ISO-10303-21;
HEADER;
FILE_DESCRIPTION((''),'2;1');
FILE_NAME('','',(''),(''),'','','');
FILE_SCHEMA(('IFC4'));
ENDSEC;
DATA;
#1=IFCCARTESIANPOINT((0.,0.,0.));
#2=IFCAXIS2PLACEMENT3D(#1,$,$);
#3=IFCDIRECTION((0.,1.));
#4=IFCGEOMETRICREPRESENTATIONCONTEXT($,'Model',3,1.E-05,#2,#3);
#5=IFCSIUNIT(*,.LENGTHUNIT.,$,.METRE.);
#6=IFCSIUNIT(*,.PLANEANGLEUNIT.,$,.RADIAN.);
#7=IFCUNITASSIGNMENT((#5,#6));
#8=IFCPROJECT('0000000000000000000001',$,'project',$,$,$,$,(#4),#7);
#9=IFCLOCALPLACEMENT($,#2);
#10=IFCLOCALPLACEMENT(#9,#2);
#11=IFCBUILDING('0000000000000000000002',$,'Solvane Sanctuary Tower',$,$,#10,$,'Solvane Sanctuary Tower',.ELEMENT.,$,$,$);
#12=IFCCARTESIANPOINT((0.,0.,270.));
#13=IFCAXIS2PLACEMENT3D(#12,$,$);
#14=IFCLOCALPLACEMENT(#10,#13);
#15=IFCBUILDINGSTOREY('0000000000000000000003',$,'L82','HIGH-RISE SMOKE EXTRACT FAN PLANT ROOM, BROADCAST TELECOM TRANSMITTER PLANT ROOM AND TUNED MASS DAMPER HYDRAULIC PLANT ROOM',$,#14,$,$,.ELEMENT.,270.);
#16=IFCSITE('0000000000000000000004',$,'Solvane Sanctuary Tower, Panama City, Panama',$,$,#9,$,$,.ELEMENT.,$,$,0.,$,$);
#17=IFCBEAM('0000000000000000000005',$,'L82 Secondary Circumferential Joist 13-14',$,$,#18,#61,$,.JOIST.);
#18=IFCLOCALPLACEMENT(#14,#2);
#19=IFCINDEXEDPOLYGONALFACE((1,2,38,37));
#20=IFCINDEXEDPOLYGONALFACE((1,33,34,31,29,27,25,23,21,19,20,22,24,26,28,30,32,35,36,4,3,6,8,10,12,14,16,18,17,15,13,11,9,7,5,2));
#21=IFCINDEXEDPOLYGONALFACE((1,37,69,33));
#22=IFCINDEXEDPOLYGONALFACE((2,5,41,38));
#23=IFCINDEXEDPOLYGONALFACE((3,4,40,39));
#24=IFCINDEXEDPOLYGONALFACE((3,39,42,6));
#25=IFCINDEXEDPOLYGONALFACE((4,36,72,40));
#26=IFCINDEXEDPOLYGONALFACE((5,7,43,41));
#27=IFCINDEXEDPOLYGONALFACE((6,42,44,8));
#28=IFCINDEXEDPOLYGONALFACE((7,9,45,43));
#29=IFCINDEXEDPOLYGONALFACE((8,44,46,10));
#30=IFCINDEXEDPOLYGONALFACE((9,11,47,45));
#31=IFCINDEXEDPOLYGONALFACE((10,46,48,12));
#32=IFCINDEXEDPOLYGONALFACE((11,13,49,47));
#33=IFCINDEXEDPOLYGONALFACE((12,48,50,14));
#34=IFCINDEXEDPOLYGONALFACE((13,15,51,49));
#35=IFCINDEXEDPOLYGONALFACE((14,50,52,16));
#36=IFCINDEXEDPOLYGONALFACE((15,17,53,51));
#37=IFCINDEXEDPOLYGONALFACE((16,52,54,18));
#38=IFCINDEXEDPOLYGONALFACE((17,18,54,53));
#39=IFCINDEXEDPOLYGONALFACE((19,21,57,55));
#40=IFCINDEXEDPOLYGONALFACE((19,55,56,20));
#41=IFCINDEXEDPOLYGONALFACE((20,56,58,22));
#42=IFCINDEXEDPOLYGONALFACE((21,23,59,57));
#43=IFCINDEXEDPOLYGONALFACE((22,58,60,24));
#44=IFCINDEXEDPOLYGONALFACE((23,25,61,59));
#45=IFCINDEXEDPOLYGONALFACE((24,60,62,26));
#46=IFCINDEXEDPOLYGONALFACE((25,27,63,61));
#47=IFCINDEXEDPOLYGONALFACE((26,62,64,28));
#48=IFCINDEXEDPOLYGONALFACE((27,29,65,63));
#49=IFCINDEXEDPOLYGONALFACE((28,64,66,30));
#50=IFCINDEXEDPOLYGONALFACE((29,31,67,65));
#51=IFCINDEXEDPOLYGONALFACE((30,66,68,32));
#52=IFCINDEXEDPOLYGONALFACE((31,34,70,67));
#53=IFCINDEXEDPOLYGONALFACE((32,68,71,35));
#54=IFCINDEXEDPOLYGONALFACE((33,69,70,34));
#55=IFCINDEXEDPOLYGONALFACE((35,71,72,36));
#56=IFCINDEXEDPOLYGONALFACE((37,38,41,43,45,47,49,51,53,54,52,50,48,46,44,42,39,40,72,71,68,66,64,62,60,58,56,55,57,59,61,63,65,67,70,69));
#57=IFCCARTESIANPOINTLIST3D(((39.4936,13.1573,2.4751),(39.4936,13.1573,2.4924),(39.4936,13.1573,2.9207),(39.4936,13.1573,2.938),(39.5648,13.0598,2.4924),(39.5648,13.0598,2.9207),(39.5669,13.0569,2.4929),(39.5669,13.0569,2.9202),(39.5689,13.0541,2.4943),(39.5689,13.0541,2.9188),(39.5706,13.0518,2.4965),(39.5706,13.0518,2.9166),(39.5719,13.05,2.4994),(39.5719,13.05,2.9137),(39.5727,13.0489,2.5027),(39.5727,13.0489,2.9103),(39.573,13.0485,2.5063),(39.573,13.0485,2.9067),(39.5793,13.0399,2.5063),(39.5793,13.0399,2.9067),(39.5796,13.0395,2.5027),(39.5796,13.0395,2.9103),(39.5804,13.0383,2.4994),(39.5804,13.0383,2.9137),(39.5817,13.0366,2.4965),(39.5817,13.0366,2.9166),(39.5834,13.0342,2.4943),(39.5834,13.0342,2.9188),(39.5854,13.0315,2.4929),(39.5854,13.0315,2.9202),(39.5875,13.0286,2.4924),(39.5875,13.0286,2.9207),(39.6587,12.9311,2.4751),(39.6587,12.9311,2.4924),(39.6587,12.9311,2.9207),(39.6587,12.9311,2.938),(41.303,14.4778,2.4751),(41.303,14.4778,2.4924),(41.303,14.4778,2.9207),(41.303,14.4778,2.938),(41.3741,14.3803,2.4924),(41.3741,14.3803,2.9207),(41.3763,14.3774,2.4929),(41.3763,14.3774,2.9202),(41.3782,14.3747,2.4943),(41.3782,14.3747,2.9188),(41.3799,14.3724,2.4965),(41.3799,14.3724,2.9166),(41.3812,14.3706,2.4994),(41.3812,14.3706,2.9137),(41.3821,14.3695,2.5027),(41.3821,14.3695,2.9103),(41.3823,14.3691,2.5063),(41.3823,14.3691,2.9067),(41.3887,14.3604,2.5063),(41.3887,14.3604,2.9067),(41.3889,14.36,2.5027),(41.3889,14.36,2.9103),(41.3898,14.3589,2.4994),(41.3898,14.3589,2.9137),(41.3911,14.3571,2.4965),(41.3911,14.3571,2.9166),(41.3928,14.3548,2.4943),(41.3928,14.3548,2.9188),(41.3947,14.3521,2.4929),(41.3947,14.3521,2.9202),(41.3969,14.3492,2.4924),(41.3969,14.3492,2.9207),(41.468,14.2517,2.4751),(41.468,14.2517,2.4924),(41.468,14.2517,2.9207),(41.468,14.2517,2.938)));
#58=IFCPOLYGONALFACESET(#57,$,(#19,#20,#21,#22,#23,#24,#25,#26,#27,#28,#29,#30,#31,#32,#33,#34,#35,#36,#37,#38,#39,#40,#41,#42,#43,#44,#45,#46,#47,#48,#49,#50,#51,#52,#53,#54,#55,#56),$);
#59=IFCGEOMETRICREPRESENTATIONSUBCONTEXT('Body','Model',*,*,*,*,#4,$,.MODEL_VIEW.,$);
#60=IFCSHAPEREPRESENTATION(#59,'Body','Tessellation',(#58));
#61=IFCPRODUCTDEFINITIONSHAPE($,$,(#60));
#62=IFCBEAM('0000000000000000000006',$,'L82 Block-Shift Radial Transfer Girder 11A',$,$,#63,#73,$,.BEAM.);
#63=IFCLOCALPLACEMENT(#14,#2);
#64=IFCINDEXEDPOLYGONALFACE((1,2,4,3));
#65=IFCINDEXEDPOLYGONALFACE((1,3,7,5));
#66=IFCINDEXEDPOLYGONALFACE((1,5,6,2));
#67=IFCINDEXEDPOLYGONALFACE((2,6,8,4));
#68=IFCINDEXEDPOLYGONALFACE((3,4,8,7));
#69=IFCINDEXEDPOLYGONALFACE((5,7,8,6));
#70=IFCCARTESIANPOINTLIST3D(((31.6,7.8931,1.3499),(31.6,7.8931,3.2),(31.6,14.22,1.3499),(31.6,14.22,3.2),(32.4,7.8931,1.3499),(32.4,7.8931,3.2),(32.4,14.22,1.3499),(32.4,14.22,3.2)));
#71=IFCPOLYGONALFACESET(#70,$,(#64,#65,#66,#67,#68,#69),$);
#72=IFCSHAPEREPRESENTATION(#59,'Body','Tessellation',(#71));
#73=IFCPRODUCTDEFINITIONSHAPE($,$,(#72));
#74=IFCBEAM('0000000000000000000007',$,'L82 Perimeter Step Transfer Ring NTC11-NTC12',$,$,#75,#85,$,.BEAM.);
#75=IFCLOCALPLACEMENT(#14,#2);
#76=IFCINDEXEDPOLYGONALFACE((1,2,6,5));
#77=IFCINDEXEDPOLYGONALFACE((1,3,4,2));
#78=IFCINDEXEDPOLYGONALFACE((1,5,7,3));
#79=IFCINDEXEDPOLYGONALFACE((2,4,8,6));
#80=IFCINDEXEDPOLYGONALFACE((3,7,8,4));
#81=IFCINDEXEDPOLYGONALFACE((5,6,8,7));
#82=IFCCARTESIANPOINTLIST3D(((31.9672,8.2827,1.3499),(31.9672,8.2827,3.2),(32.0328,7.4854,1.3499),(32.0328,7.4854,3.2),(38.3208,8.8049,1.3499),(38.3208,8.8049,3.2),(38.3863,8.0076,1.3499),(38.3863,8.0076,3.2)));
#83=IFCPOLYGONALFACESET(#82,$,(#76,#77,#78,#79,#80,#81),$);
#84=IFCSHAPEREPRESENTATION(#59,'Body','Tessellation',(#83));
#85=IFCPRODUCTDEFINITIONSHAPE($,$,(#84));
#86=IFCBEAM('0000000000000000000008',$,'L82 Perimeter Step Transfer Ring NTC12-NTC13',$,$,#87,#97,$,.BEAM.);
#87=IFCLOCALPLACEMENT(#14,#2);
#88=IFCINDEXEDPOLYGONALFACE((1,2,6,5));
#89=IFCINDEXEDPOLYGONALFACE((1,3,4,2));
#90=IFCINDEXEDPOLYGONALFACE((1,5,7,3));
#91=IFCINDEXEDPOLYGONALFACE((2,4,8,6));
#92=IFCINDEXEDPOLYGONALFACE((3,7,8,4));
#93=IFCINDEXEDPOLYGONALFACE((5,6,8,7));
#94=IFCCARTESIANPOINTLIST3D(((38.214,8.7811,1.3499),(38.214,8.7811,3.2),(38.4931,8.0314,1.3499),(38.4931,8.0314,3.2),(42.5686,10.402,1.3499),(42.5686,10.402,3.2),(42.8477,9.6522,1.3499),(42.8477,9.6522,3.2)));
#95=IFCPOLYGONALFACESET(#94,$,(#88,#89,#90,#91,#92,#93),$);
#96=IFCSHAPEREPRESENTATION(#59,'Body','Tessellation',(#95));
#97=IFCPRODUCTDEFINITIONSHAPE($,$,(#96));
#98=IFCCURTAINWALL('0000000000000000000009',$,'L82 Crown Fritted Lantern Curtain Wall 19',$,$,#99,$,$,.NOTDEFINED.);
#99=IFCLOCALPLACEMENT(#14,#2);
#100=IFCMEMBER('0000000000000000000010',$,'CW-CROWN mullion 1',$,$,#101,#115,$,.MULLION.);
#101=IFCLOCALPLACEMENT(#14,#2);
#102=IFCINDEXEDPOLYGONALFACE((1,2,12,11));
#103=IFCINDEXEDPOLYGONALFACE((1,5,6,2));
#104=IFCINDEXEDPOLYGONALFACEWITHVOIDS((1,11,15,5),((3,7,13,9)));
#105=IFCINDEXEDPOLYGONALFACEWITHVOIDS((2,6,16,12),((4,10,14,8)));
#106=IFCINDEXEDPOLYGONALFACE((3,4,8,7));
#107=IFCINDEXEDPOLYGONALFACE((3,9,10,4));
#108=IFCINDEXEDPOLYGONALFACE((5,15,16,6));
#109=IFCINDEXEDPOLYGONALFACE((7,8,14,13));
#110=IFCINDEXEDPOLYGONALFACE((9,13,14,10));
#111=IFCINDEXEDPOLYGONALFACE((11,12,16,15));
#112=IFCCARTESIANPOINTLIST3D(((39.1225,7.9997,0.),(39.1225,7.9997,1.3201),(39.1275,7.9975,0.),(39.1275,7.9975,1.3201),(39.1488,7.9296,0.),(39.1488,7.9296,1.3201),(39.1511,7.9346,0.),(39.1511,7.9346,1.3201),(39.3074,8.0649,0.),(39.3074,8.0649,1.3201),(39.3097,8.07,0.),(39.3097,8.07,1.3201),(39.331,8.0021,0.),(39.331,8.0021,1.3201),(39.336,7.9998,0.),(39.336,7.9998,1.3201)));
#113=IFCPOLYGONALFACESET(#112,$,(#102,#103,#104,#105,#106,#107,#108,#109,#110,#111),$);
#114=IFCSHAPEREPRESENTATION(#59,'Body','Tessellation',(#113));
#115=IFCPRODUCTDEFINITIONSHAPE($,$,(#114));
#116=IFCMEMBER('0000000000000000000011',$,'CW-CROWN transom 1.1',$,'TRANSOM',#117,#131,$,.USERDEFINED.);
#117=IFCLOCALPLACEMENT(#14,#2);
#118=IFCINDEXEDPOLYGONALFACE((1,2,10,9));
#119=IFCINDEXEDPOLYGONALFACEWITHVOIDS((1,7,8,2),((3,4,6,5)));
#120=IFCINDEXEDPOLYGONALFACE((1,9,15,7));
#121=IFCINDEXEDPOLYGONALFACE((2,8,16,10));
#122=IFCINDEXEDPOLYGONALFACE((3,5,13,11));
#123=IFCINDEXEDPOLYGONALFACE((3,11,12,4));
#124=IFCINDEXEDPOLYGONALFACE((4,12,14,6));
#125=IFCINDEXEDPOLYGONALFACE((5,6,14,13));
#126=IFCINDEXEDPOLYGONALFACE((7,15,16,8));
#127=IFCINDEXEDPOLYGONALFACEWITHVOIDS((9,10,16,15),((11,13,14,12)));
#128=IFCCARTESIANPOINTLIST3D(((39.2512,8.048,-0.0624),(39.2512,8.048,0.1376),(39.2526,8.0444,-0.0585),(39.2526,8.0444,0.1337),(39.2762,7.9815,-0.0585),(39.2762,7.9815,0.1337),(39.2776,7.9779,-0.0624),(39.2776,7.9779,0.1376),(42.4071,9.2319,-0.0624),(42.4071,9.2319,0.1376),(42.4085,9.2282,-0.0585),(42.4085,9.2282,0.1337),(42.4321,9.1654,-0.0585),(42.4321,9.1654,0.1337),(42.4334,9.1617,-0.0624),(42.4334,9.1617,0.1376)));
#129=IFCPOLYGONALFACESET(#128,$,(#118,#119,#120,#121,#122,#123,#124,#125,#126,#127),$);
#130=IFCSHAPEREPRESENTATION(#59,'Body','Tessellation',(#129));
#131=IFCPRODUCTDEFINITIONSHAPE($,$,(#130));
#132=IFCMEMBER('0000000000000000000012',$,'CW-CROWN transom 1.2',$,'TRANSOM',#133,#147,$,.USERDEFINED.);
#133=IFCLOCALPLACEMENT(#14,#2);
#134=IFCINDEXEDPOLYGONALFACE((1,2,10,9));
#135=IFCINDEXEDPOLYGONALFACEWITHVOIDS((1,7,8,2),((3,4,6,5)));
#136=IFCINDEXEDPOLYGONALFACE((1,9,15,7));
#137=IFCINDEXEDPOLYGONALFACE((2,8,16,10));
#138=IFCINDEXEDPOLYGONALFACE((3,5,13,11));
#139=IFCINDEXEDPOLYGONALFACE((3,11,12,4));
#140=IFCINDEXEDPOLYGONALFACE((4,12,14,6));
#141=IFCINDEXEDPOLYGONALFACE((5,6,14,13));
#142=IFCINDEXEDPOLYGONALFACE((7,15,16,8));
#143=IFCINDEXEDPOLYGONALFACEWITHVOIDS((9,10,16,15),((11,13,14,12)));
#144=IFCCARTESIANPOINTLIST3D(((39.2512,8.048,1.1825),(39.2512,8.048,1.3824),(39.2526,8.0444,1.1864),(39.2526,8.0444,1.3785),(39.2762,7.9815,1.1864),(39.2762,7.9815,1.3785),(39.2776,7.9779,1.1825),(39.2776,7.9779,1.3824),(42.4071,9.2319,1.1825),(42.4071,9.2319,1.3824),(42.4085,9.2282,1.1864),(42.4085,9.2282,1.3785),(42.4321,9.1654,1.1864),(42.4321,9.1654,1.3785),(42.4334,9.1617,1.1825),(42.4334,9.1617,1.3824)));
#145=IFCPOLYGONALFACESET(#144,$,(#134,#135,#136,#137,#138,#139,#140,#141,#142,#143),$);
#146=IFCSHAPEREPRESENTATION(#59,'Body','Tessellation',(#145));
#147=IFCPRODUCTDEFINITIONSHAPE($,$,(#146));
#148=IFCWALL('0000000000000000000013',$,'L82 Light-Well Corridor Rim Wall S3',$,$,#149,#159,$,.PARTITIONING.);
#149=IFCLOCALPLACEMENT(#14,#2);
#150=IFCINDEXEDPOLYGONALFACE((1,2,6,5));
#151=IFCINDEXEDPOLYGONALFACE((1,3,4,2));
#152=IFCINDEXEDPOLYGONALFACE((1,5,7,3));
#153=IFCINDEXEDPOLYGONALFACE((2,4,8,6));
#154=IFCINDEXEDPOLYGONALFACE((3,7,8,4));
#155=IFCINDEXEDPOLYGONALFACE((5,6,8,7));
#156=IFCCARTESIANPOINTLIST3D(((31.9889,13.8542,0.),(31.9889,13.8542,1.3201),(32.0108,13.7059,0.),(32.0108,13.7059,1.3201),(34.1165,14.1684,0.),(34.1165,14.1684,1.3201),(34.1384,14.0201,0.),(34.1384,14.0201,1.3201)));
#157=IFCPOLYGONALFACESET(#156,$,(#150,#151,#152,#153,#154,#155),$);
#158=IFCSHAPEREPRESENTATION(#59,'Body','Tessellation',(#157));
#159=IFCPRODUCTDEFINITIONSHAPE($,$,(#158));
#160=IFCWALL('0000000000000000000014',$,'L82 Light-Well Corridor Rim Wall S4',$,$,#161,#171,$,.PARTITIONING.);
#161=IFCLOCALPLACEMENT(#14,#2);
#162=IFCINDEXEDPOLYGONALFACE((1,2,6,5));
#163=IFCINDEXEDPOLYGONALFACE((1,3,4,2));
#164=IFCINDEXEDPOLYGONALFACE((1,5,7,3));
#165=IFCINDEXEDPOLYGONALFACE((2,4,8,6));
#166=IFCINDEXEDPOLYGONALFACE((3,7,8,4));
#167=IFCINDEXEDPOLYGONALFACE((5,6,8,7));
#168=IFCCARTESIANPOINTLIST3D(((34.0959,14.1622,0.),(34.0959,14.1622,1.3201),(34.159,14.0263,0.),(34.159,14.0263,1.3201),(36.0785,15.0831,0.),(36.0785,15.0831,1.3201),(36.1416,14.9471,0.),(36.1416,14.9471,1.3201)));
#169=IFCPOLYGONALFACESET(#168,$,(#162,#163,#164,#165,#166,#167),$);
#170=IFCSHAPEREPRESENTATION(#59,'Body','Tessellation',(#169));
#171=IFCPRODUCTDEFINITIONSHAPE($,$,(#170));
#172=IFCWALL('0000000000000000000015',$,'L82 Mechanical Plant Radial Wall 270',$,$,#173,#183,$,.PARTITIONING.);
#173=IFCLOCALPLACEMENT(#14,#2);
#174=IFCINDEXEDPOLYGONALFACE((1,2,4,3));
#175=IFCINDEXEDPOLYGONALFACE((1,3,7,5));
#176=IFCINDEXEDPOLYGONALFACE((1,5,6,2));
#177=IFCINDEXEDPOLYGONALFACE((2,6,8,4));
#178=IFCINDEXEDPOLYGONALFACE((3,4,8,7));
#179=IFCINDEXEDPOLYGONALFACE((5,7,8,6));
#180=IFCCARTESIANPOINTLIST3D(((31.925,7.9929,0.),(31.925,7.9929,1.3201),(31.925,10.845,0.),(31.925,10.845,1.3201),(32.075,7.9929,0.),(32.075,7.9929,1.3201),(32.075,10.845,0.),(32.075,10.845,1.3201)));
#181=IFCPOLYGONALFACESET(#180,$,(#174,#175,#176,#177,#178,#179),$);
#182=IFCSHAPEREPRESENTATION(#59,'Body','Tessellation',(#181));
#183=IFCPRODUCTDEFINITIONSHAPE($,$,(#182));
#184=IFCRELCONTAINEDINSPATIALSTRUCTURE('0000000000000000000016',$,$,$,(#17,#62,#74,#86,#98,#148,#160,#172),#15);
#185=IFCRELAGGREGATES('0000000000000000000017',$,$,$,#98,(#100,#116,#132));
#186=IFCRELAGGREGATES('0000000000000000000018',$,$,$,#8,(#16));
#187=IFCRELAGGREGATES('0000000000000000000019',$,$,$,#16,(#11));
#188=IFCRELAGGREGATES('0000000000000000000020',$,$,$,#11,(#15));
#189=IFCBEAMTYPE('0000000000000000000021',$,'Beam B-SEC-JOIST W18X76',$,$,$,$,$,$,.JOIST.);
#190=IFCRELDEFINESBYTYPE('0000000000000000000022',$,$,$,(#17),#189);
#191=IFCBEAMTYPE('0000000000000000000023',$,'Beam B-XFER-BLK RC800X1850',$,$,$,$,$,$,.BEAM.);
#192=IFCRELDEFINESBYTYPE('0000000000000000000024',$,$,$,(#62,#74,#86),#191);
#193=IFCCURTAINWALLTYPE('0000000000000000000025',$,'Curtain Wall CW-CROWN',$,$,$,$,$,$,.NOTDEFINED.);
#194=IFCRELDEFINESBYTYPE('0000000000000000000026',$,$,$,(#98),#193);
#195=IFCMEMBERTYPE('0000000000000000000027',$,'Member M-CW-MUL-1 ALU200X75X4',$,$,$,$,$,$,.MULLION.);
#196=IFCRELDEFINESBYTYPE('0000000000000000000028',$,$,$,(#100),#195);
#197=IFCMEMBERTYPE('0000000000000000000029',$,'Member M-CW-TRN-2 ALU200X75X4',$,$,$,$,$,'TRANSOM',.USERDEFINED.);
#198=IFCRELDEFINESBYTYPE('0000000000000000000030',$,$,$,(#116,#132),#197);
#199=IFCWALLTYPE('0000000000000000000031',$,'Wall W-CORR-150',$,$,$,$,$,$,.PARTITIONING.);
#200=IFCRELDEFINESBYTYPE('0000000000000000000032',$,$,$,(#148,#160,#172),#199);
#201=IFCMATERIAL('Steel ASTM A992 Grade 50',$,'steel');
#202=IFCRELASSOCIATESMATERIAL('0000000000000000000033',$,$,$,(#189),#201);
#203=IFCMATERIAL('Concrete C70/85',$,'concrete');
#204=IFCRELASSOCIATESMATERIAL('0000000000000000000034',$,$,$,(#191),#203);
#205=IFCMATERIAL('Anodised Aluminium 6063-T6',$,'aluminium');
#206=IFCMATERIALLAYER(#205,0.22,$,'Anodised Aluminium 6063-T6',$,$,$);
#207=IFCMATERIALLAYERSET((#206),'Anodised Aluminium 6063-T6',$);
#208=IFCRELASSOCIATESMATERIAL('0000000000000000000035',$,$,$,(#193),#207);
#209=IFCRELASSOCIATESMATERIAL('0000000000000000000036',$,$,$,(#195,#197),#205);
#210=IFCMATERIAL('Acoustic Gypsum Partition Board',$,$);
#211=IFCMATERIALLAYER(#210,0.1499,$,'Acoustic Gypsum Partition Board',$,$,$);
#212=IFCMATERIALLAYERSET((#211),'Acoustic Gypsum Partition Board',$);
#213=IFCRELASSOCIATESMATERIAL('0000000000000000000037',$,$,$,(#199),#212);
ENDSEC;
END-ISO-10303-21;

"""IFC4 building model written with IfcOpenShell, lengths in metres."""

from ifc_helpers import new_model, si_unit, direction, frame, frame_2d, origin, origin_2d, place, context, subcontext, project, spatial, rectangle, hollow_rectangle, i_section, extrude, material, layer, layer_set, material_profile, profile_set, type_object, element, aggregate, save


model = new_model("IFC4")

# Units and contexts
model_context = context("Model", 3, precision=1e-05, world=origin(), true_north=direction((0.0, 1.0)))
body_context = subcontext(model_context, "Body", "Model", "MODEL_VIEW")
ifc_project = project(units=[si_unit("LENGTHUNIT", "METRE"), si_unit("PLANEANGLEUNIT", "RADIAN")], contexts=[model_context])

# Site, building, storey
site_placement = place(None, origin())
site = spatial("IfcSite", under=ifc_project, at=site_placement, Name="Solvane Sanctuary Tower, Panama City, Panama", CompositionType="ELEMENT", RefElevation=0.0)
building_placement = place(site_placement, origin())
building = spatial("IfcBuilding", under=site, at=building_placement, Name="Solvane Sanctuary Tower", LongName="Solvane Sanctuary Tower", CompositionType="ELEMENT")
storey_placement = place(building_placement, frame((0.0, 0.0, 270.0)))
storey = spatial("IfcBuildingStorey", under=building, at=storey_placement, Name="L82", Description="HIGH-RISE SMOKE EXTRACT FAN PLANT ROOM, BROADCAST TELECOM TRANSMITTER PLANT ROOM AND TUNED MASS DAMPER HYDRAULIC PLANT ROOM", CompositionType="ELEMENT", Elevation=270.0)

# Beams
ifc_material_1 = material(Name="Steel ASTM A992 Grade 50", Category="steel")
ifc_material_profile_1 = material_profile(ifc_material_1, i_section(OverallWidth=0.28, OverallDepth=0.4629, WebThickness=0.0107, FlangeThickness=0.0173, FilletRadius=0.0139, at=origin_2d()), Name="W18X76")
ifc_profile_set_1 = profile_set([ifc_material_profile_1], Name="Steel ASTM A992 Grade 50")
beam_type_1 = type_object("IfcBeamType", Name="Beam B-SEC-JOIST W18X76", PredefinedType="JOIST", material=ifc_profile_set_1)
beam_1_placement = place(storey_placement, frame((39.5762, 13.0442, 2.7065), z_axis=(0.80774, 0.589538, 0.0), x_axis=(-0.589538, 0.80774, 0.0)))
element("IfcBeam", 1, at=beam_1_placement, inside=storey, type_object=beam_type_1, Name="L82 Secondary Circumferential Joist 13-14", PredefinedType="JOIST", context=body_context, shape_type="SweptSolid", body=[
    extrude(i_section(OverallWidth=0.28, OverallDepth=0.4629, WebThickness=0.0107, FlangeThickness=0.0173, FilletRadius=0.0139, at=origin_2d()), origin(), (0.0, 0.0, 1.0), 2.24),
])
ifc_material_2 = material(Name="Concrete C70/85", Category="concrete")
ifc_material_profile_2 = material_profile(ifc_material_2, rectangle(XDim=0.8, YDim=1.8501, at=origin_2d()), Name="RC800X1850")
ifc_profile_set_2 = profile_set([ifc_material_profile_2], Name="Concrete C70/85")
beam_type_2 = type_object("IfcBeamType", Name="Beam B-XFER-BLK RC800X1850", PredefinedType="BEAM", material=ifc_profile_set_2)
beam_2_placement = place(storey_placement, frame((32.0, 14.22, 2.2749), z_axis=(0.0, -1.0, 0.0), x_axis=(1.0, 0.0, 0.0)))
element("IfcBeam", 2, at=beam_2_placement, inside=storey, type_object=beam_type_2, Name="L82 Block-Shift Radial Transfer Girder 11A", PredefinedType="BEAM", context=body_context, shape_type="SweptSolid", body=[
    extrude(rectangle(XDim=0.8, YDim=1.8501, at=origin_2d()), origin(), (0.0, 0.0, 1.0), 6.3269),
])
beam_3_placement = place(storey_placement, frame((32.0, 7.884, 2.2749), z_axis=(0.996639, 0.081917, 0.0), x_axis=(-0.081917, 0.996639, 0.0)))
element("IfcBeam", 3, at=beam_3_placement, inside=storey, type_object=beam_type_2, Name="L82 Perimeter Step Transfer Ring NTC11-NTC12", PredefinedType="BEAM", context=body_context, shape_type="SweptSolid", body=[
    extrude(rectangle(XDim=0.8, YDim=1.8501, at=origin_2d()), origin(), (0.0, 0.0, 1.0), 6.375),
])
beam_4_placement = place(storey_placement, frame((38.3535, 8.4062, 2.2749), z_axis=(0.937182, 0.348842, 0.0), x_axis=(-0.348842, 0.937182, 0.0)))
element("IfcBeam", 4, at=beam_4_placement, inside=storey, type_object=beam_type_2, Name="L82 Perimeter Step Transfer Ring NTC12-NTC13", PredefinedType="BEAM", context=body_context, shape_type="SweptSolid", body=[
    extrude(rectangle(XDim=0.8, YDim=1.8501, at=origin_2d()), origin(), (0.0, 0.0, 1.0), 4.6465),
])

# Curtain wall, members
ifc_material_3 = material(Name="Anodised Aluminium 6063-T6", Category="aluminium")
ifc_layer_1 = layer(ifc_material_3, 0.22, Name="Anodised Aluminium 6063-T6")
ifc_layer_set_1 = layer_set([ifc_layer_1], Name="Anodised Aluminium 6063-T6")
curtain_wall_type = type_object("IfcCurtainWallType", Name="Curtain Wall CW-CROWN", PredefinedType="NOTDEFINED", material=ifc_layer_set_1)
curtain_wall_placement = place(storey_placement, origin())
curtain_wall = element("IfcCurtainWall", 5, at=curtain_wall_placement, inside=storey, type_object=curtain_wall_type, Name="L82 Crown Fritted Lantern Curtain Wall 19", PredefinedType="NOTDEFINED")
ifc_material_profile_3 = material_profile(ifc_material_3, hollow_rectangle(XDim=0.075, YDim=0.2, WallThickness=0.0039, at=origin_2d()), Name="ALU200X75X4")
ifc_profile_set_3 = profile_set([ifc_material_profile_3], Name="Anodised Aluminium 6063-T6")
member_type_1 = type_object("IfcMemberType", Name="Member M-CW-MUL-1 ALU200X75X4", PredefinedType="MULLION", material=ifc_profile_set_3)
member_1_placement = place(storey_placement, frame((39.2292, 7.9998, 0.0), z_axis=(0.0, 0.0, 1.0), x_axis=(-0.35117, 0.936312, 0.0)))
member_1 = element("IfcMember", 6, at=member_1_placement, type_object=member_type_1, Name="CW-CROWN mullion 1", PredefinedType="MULLION", context=body_context, shape_type="SweptSolid", body=[
    extrude(hollow_rectangle(XDim=0.075, YDim=0.2, WallThickness=0.0039, at=origin_2d()), origin(), (0.0, 0.0, 1.0), 1.3201),
])
ifc_material_profile_4 = material_profile(ifc_material_3, hollow_rectangle(XDim=0.075, YDim=0.2, WallThickness=0.0039, at=origin_2d()), Name="ALU200X75X4")
ifc_profile_set_4 = profile_set([ifc_material_profile_4], Name="Anodised Aluminium 6063-T6")
member_type_2 = type_object("IfcMemberType", Name="Member M-CW-TRN-2 ALU200X75X4", ElementType="TRANSOM", PredefinedType="USERDEFINED", material=ifc_profile_set_4)
member_2_placement = place(storey_placement, frame((39.2644, 8.0129, 0.0376), z_axis=(0.936287, 0.351235, 0.0), x_axis=(-0.351235, 0.936287, 0.0)))
member_2 = element("IfcMember", 7, at=member_2_placement, type_object=member_type_2, Name="CW-CROWN transom 1.1", ObjectType="TRANSOM", PredefinedType="USERDEFINED", context=body_context, shape_type="SweptSolid", body=[
    extrude(hollow_rectangle(XDim=0.075, YDim=0.2, WallThickness=0.0039, at=origin_2d()), origin(), (0.0, 0.0, 1.0), 3.3706),
])
member_3_placement = place(storey_placement, frame((39.2644, 8.0129, 1.2825), z_axis=(0.936287, 0.351235, 0.0), x_axis=(-0.351235, 0.936287, 0.0)))
member_3 = element("IfcMember", 8, at=member_3_placement, type_object=member_type_2, Name="CW-CROWN transom 1.2", ObjectType="TRANSOM", PredefinedType="USERDEFINED", context=body_context, shape_type="SweptSolid", body=[
    extrude(hollow_rectangle(XDim=0.075, YDim=0.2, WallThickness=0.0039, at=origin_2d()), origin(), (0.0, 0.0, 1.0), 3.3706),
])
aggregate(curtain_wall, [member_1, member_2, member_3])

# Walls
ifc_material_4 = material(Name="Acoustic Gypsum Partition Board")
ifc_layer_2 = layer(ifc_material_4, 0.1499, Name="Acoustic Gypsum Partition Board")
ifc_layer_set_2 = layer_set([ifc_layer_2], Name="Acoustic Gypsum Partition Board")
wall_type_1 = type_object("IfcWallType", Name="Wall W-CORR-150", PredefinedType="PARTITIONING", material=ifc_layer_set_2)
wall_1_placement = place(storey_placement, frame((32.0, 13.78, 0.0), z_axis=(0.0, 0.0, 1.0), x_axis=(0.989269, 0.146108, 0.0)))
element("IfcWall", 9, at=wall_1_placement, inside=storey, type_object=wall_type_1, Name="L82 Light-Well Corridor Rim Wall S3", PredefinedType="PARTITIONING", context=body_context, shape_type="SweptSolid", body=[
    extrude(rectangle(XDim=2.1506, YDim=0.1499, at=frame_2d((1.0752, 0.0))), origin(), (0.0, 0.0, 1.0), 1.3201),
])
wall_2_placement = place(storey_placement, frame((34.1274, 14.0942, 0.0), z_axis=(0.0, 0.0, 1.0), x_axis=(0.906943, 0.421252, 0.0)))
element("IfcWall", 10, at=wall_2_placement, inside=storey, type_object=wall_type_1, Name="L82 Light-Well Corridor Rim Wall S4", PredefinedType="PARTITIONING", context=body_context, shape_type="SweptSolid", body=[
    extrude(rectangle(XDim=2.186, YDim=0.1499, at=frame_2d((1.093, 0.0))), origin(), (0.0, 0.0, 1.0), 1.3201),
])
wall_3_placement = place(storey_placement, frame((32.0, 10.845, 0.0), z_axis=(0.0, 0.0, 1.0), x_axis=(0.0, -1.0, 0.0)))
element("IfcWall", 11, at=wall_3_placement, inside=storey, type_object=wall_type_1, Name="L82 Mechanical Plant Radial Wall 270", PredefinedType="PARTITIONING", context=body_context, shape_type="SweptSolid", body=[
    extrude(rectangle(XDim=2.8521, YDim=0.1499, at=frame_2d((1.426, 0.0))), origin(), (0.0, 0.0, 1.0), 1.3201),
])

save(model, "model.ifc")
